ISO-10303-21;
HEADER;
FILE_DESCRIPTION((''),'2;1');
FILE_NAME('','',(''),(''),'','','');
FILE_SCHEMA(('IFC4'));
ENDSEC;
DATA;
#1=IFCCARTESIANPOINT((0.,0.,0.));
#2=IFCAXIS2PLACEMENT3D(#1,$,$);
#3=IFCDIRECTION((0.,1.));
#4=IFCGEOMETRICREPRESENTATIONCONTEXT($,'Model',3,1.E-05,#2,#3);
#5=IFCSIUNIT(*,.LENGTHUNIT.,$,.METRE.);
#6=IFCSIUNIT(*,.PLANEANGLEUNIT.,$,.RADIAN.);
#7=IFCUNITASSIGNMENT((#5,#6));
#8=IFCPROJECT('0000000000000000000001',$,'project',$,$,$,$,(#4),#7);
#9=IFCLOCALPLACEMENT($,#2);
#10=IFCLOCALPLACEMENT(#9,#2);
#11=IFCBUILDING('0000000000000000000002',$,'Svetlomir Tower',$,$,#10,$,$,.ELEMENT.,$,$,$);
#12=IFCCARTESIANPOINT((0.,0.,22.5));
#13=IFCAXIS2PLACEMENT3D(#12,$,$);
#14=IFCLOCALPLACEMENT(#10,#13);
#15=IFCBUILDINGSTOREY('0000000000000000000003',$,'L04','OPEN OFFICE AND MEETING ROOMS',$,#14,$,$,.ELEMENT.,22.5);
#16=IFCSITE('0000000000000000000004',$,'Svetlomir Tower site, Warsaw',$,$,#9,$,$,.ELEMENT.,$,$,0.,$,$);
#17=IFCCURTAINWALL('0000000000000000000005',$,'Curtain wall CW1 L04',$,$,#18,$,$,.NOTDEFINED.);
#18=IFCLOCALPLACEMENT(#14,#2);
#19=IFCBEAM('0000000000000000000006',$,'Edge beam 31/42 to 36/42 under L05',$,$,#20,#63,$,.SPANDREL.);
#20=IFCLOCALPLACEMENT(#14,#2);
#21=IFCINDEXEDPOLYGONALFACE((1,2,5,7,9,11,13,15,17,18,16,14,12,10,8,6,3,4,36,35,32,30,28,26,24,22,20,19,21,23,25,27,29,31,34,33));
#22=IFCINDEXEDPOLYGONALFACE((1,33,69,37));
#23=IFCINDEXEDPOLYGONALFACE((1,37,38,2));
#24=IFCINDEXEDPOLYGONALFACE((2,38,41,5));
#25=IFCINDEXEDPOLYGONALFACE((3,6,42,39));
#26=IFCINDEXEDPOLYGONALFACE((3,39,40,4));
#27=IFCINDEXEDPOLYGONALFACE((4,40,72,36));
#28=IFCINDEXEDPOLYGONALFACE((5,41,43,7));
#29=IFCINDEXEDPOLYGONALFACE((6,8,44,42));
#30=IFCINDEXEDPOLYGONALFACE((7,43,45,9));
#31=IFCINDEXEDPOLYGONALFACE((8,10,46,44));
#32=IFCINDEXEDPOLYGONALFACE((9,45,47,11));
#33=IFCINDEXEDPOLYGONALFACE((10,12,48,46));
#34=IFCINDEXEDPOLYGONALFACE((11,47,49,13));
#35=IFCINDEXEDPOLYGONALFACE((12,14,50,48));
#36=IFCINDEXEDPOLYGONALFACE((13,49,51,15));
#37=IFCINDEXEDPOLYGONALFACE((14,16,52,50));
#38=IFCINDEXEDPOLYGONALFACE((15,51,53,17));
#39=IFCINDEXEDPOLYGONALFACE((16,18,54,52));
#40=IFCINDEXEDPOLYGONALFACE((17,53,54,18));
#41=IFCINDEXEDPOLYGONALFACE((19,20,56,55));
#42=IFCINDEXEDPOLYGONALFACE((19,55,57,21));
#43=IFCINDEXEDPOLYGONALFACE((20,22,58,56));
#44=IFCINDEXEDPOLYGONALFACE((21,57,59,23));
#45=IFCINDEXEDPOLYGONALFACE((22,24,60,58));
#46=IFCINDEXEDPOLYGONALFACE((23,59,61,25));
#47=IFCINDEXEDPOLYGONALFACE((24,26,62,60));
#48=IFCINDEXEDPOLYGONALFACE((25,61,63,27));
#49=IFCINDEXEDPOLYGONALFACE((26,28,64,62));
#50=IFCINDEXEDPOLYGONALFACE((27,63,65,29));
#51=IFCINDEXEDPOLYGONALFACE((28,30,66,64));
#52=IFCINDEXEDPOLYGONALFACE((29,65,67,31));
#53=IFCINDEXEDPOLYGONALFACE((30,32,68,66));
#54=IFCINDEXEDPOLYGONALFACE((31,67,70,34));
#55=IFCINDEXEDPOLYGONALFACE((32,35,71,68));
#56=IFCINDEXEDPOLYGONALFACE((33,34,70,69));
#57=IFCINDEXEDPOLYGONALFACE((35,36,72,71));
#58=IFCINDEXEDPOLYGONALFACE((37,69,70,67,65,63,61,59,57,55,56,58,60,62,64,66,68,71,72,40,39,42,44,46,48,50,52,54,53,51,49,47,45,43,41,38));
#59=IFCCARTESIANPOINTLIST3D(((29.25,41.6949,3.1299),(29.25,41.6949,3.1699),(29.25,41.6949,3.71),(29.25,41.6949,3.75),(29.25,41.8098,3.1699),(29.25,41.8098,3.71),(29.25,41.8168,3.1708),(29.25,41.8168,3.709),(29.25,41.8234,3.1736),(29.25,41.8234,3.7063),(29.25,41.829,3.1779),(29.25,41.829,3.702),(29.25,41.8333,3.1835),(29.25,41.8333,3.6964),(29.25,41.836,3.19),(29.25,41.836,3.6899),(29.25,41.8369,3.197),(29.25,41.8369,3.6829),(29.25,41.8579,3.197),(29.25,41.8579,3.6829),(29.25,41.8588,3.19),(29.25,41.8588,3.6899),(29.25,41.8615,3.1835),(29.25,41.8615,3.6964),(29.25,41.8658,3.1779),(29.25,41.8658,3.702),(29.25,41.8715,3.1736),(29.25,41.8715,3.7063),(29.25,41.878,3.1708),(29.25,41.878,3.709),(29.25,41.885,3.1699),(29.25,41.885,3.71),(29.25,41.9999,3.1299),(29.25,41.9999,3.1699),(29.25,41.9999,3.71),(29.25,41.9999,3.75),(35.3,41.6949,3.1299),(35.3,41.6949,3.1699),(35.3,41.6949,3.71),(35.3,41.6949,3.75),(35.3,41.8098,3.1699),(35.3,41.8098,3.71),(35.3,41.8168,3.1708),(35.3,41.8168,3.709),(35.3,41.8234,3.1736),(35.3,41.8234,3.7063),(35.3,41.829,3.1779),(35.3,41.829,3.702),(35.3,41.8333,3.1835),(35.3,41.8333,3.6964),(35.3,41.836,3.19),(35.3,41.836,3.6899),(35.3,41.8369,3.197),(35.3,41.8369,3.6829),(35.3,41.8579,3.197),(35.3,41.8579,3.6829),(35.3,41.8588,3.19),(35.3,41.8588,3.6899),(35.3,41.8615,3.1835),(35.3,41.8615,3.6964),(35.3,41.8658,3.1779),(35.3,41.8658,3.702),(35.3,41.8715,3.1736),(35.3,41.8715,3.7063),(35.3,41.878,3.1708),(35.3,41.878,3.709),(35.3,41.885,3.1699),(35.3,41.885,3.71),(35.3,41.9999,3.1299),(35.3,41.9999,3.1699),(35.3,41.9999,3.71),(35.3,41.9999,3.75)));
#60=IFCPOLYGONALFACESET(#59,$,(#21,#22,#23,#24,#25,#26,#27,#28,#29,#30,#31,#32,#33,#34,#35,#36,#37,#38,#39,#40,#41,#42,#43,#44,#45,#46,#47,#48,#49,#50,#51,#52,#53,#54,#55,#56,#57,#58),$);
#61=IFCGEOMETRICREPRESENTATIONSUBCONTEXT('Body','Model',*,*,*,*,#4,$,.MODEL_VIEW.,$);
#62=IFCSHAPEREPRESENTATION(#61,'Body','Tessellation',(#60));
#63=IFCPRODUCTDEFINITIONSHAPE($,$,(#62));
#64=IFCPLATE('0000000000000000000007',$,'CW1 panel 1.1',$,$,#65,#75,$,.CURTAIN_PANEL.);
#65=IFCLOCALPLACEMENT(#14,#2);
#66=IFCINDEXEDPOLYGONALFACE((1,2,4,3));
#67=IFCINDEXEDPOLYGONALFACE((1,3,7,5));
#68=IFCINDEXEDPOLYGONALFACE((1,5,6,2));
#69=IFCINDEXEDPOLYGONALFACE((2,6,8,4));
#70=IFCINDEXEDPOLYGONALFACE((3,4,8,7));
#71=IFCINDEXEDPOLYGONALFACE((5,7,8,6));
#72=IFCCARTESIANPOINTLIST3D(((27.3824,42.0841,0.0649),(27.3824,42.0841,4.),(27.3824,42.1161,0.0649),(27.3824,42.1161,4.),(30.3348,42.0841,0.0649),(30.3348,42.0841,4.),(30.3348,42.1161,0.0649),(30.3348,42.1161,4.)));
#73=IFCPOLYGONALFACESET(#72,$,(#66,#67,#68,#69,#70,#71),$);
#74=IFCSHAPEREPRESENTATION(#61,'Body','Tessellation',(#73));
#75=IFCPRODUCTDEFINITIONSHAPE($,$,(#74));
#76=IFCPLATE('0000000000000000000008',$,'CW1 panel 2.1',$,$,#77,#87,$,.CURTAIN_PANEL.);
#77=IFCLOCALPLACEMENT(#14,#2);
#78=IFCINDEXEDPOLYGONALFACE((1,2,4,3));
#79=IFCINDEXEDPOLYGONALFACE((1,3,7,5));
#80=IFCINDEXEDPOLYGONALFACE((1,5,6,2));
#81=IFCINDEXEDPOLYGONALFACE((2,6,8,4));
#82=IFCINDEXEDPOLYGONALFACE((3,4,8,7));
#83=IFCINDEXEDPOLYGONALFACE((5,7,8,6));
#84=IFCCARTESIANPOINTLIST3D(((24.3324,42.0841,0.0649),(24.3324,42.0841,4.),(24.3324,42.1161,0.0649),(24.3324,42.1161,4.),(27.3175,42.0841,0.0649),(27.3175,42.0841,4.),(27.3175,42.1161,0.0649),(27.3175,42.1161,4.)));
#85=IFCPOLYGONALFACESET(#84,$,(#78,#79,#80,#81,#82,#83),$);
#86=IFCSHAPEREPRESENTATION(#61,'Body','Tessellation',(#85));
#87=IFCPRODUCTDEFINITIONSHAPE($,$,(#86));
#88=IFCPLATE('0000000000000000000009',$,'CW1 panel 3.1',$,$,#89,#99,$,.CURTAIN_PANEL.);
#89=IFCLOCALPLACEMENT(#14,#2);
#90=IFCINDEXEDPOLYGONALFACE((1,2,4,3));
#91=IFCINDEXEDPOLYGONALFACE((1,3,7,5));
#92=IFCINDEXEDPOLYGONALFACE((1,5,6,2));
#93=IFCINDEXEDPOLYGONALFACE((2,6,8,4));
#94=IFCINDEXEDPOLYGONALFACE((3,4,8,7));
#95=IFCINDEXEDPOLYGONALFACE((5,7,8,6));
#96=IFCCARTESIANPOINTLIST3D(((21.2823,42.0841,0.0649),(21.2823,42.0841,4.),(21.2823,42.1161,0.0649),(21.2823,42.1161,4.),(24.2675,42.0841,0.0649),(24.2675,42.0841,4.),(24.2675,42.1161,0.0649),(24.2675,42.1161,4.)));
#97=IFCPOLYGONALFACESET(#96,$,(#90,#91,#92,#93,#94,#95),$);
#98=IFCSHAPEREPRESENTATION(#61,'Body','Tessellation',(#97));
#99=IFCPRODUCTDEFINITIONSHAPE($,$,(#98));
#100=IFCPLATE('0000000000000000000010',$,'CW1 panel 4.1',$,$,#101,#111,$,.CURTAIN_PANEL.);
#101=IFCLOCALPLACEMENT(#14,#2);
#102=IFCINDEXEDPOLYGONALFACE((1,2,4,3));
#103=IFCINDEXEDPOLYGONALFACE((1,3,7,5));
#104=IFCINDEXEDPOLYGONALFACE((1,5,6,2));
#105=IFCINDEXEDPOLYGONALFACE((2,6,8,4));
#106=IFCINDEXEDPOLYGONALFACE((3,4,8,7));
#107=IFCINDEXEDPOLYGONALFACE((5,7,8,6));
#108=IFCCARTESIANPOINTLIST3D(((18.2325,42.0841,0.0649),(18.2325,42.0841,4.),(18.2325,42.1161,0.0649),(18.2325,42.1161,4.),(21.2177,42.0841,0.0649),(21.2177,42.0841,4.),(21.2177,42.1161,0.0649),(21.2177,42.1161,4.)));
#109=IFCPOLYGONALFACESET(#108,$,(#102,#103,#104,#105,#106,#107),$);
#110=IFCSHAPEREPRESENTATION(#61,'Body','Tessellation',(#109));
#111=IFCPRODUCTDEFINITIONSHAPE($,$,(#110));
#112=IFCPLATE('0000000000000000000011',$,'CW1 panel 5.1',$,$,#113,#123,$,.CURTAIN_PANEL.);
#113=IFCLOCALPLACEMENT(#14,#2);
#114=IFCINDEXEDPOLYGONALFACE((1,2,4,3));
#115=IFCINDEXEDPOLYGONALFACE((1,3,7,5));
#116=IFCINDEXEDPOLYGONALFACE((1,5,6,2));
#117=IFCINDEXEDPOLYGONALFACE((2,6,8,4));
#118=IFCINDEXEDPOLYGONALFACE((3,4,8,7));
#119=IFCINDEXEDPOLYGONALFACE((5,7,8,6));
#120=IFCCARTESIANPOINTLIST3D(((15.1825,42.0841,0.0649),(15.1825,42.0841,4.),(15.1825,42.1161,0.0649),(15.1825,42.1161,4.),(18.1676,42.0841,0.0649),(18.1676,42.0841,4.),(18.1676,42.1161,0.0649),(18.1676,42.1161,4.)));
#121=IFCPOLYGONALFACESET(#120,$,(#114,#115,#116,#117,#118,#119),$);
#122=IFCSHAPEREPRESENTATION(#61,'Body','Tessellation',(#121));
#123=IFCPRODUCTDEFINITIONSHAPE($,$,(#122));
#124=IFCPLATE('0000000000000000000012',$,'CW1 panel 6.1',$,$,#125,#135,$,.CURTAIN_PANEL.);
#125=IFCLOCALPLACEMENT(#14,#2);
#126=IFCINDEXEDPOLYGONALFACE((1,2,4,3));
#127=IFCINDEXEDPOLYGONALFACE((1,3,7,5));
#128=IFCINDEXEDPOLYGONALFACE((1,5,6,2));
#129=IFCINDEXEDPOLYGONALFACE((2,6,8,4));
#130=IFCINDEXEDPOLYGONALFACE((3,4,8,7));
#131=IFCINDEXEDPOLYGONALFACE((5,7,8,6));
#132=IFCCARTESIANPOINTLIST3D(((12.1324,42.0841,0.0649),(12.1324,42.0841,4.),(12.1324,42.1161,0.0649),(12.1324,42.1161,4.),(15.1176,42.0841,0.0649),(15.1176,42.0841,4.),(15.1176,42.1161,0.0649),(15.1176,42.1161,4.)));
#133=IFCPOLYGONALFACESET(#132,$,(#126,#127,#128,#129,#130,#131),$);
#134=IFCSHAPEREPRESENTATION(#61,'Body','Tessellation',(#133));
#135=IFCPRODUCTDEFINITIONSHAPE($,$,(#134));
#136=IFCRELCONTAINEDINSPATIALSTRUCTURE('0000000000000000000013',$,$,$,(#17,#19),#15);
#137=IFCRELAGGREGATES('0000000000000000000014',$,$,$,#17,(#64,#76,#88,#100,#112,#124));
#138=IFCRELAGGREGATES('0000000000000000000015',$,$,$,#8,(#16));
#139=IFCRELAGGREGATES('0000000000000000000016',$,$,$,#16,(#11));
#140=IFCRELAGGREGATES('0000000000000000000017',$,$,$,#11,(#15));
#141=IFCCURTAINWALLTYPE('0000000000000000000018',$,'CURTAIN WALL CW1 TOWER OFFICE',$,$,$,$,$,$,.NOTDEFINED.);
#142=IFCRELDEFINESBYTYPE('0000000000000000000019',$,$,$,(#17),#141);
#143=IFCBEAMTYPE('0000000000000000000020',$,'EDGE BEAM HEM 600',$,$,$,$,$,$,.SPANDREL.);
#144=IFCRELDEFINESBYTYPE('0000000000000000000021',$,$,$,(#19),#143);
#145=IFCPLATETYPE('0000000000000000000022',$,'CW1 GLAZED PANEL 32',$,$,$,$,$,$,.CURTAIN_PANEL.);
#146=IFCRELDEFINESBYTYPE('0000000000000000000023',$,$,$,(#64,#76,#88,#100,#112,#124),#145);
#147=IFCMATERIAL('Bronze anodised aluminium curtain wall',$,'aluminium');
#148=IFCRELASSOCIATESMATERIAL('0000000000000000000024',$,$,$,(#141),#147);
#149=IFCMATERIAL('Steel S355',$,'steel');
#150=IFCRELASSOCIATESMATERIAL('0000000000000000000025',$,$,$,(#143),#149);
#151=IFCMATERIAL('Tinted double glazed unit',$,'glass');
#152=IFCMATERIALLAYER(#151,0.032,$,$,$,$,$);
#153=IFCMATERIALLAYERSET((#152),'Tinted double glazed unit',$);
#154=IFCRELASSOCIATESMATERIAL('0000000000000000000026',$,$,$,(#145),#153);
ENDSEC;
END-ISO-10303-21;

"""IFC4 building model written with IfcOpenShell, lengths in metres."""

from ifc_helpers import new_model, si_unit, direction, frame, origin, origin_2d, place, context, subcontext, project, spatial, rectangle, i_section, extrude, material, layer, layer_set, material_profile, profile_set, type_object, element, aggregate, save


model = new_model("IFC4")

# Units and contexts
model_context = context("Model", 3, precision=1e-05, world=origin(), true_north=direction((0.0, 1.0)))
body_context = subcontext(model_context, "Body", "Model", "MODEL_VIEW")
ifc_project = project(units=[si_unit("LENGTHUNIT", "METRE"), si_unit("PLANEANGLEUNIT", "RADIAN")], contexts=[model_context])

# Site, building, storey
site_placement = place(None, origin())
site = spatial("IfcSite", under=ifc_project, at=site_placement, Name="Svetlomir Tower site, Warsaw", CompositionType="ELEMENT", RefElevation=0.0)
building_placement = place(site_placement, origin())
building = spatial("IfcBuilding", under=site, at=building_placement, Name="Svetlomir Tower", CompositionType="ELEMENT")
storey_placement = place(building_placement, frame((0.0, 0.0, 22.5)))
storey = spatial("IfcBuildingStorey", under=building, at=storey_placement, Name="L04", Description="OPEN OFFICE AND MEETING ROOMS", CompositionType="ELEMENT", Elevation=22.5)

# Curtain wall
ifc_material_1 = material(Name="Bronze anodised aluminium curtain wall", Category="aluminium")
curtain_wall_type = type_object("IfcCurtainWallType", Name="CURTAIN WALL CW1 TOWER OFFICE", PredefinedType="NOTDEFINED", material=ifc_material_1)
curtain_wall_placement = place(storey_placement, origin())
curtain_wall = element("IfcCurtainWall", 1, at=curtain_wall_placement, inside=storey, type_object=curtain_wall_type, Name="Curtain wall CW1 L04", PredefinedType="NOTDEFINED")

# Beam
ifc_material_2 = material(Name="Steel S355", Category="steel")
ifc_material_profile_1 = material_profile(ifc_material_2, i_section(OverallWidth=0.3049, OverallDepth=0.6201, WebThickness=0.021, FlangeThickness=0.04, FilletRadius=0.0271, at=origin_2d()), Name="HEM 600")
ifc_profile_set_1 = profile_set([ifc_material_profile_1], Name="Steel S355")
beam_type_1 = type_object("IfcBeamType", Name="EDGE BEAM HEM 600", PredefinedType="SPANDREL", material=ifc_profile_set_1)
beam_1_placement = place(storey_placement, frame((29.25, 41.8474, 3.4399), z_axis=(1.0, 0.0, 0.0), x_axis=(0.0, 1.0, 0.0)))
element("IfcBeam", 2, at=beam_1_placement, inside=storey, type_object=beam_type_1, Name="Edge beam 31/42 to 36/42 under L05", PredefinedType="SPANDREL", context=body_context, shape_type="SweptSolid", body=[
    extrude(i_section(OverallWidth=0.3049, OverallDepth=0.6201, WebThickness=0.021, FlangeThickness=0.04, FilletRadius=0.0271, at=origin_2d()), origin(), (0.0, 0.0, 1.0), 6.05),
])

# Plates
ifc_material_3 = material(Name="Tinted double glazed unit", Category="glass")
ifc_layer = layer(ifc_material_3, 0.032)
ifc_layer_set = layer_set([ifc_layer], Name="Tinted double glazed unit")
plate_type = type_object("IfcPlateType", Name="CW1 GLAZED PANEL 32", PredefinedType="CURTAIN_PANEL", material=ifc_layer_set)
plate_1_placement = place(storey_placement, frame((28.8586, 42.1001, 0.0649), z_axis=(0.0, 0.0, 1.0), x_axis=(-1.0, 0.0, 0.0)))
plate_1 = element("IfcPlate", 3, at=plate_1_placement, type_object=plate_type, Name="CW1 panel 1.1", PredefinedType="CURTAIN_PANEL", context=body_context, shape_type="SweptSolid", body=[
    extrude(rectangle(XDim=2.9524, YDim=0.032, at=origin_2d()), origin(), (0.0, 0.0, 1.0), 3.9351),
])
plate_2_placement = place(storey_placement, frame((25.825, 42.1001, 0.0649), z_axis=(0.0, 0.0, 1.0), x_axis=(-1.0, 0.0, 0.0)))
plate_2 = element("IfcPlate", 4, at=plate_2_placement, type_object=plate_type, Name="CW1 panel 2.1", PredefinedType="CURTAIN_PANEL", context=body_context, shape_type="SweptSolid", body=[
    extrude(rectangle(XDim=2.9851, YDim=0.032, at=origin_2d()), origin(), (0.0, 0.0, 1.0), 3.9351),
])
plate_3_placement = place(storey_placement, frame((22.7749, 42.1001, 0.0649), z_axis=(0.0, 0.0, 1.0), x_axis=(-1.0, 0.0, 0.0)))
plate_3 = element("IfcPlate", 5, at=plate_3_placement, type_object=plate_type, Name="CW1 panel 3.1", PredefinedType="CURTAIN_PANEL", context=body_context, shape_type="SweptSolid", body=[
    extrude(rectangle(XDim=2.9851, YDim=0.032, at=origin_2d()), origin(), (0.0, 0.0, 1.0), 3.9351),
])
plate_4_placement = place(storey_placement, frame((19.7251, 42.1001, 0.0649), z_axis=(0.0, 0.0, 1.0), x_axis=(-1.0, 0.0, 0.0)))
plate_4 = element("IfcPlate", 6, at=plate_4_placement, type_object=plate_type, Name="CW1 panel 4.1", PredefinedType="CURTAIN_PANEL", context=body_context, shape_type="SweptSolid", body=[
    extrude(rectangle(XDim=2.9851, YDim=0.032, at=origin_2d()), origin(), (0.0, 0.0, 1.0), 3.9351),
])
plate_5_placement = place(storey_placement, frame((16.675, 42.1001, 0.0649), z_axis=(0.0, 0.0, 1.0), x_axis=(-1.0, 0.0, 0.0)))
plate_5 = element("IfcPlate", 7, at=plate_5_placement, type_object=plate_type, Name="CW1 panel 5.1", PredefinedType="CURTAIN_PANEL", context=body_context, shape_type="SweptSolid", body=[
    extrude(rectangle(XDim=2.9851, YDim=0.032, at=origin_2d()), origin(), (0.0, 0.0, 1.0), 3.9351),
])
plate_6_placement = place(storey_placement, frame((13.625, 42.1001, 0.0649), z_axis=(0.0, 0.0, 1.0), x_axis=(-1.0, 0.0, 0.0)))
plate_6 = element("IfcPlate", 8, at=plate_6_placement, type_object=plate_type, Name="CW1 panel 6.1", PredefinedType="CURTAIN_PANEL", context=body_context, shape_type="SweptSolid", body=[
    extrude(rectangle(XDim=2.9851, YDim=0.032, at=origin_2d()), origin(), (0.0, 0.0, 1.0), 3.9351),
])
aggregate(curtain_wall, [plate_1, plate_2, plate_3, plate_4, plate_5, plate_6])

save(model, "model.ifc")
